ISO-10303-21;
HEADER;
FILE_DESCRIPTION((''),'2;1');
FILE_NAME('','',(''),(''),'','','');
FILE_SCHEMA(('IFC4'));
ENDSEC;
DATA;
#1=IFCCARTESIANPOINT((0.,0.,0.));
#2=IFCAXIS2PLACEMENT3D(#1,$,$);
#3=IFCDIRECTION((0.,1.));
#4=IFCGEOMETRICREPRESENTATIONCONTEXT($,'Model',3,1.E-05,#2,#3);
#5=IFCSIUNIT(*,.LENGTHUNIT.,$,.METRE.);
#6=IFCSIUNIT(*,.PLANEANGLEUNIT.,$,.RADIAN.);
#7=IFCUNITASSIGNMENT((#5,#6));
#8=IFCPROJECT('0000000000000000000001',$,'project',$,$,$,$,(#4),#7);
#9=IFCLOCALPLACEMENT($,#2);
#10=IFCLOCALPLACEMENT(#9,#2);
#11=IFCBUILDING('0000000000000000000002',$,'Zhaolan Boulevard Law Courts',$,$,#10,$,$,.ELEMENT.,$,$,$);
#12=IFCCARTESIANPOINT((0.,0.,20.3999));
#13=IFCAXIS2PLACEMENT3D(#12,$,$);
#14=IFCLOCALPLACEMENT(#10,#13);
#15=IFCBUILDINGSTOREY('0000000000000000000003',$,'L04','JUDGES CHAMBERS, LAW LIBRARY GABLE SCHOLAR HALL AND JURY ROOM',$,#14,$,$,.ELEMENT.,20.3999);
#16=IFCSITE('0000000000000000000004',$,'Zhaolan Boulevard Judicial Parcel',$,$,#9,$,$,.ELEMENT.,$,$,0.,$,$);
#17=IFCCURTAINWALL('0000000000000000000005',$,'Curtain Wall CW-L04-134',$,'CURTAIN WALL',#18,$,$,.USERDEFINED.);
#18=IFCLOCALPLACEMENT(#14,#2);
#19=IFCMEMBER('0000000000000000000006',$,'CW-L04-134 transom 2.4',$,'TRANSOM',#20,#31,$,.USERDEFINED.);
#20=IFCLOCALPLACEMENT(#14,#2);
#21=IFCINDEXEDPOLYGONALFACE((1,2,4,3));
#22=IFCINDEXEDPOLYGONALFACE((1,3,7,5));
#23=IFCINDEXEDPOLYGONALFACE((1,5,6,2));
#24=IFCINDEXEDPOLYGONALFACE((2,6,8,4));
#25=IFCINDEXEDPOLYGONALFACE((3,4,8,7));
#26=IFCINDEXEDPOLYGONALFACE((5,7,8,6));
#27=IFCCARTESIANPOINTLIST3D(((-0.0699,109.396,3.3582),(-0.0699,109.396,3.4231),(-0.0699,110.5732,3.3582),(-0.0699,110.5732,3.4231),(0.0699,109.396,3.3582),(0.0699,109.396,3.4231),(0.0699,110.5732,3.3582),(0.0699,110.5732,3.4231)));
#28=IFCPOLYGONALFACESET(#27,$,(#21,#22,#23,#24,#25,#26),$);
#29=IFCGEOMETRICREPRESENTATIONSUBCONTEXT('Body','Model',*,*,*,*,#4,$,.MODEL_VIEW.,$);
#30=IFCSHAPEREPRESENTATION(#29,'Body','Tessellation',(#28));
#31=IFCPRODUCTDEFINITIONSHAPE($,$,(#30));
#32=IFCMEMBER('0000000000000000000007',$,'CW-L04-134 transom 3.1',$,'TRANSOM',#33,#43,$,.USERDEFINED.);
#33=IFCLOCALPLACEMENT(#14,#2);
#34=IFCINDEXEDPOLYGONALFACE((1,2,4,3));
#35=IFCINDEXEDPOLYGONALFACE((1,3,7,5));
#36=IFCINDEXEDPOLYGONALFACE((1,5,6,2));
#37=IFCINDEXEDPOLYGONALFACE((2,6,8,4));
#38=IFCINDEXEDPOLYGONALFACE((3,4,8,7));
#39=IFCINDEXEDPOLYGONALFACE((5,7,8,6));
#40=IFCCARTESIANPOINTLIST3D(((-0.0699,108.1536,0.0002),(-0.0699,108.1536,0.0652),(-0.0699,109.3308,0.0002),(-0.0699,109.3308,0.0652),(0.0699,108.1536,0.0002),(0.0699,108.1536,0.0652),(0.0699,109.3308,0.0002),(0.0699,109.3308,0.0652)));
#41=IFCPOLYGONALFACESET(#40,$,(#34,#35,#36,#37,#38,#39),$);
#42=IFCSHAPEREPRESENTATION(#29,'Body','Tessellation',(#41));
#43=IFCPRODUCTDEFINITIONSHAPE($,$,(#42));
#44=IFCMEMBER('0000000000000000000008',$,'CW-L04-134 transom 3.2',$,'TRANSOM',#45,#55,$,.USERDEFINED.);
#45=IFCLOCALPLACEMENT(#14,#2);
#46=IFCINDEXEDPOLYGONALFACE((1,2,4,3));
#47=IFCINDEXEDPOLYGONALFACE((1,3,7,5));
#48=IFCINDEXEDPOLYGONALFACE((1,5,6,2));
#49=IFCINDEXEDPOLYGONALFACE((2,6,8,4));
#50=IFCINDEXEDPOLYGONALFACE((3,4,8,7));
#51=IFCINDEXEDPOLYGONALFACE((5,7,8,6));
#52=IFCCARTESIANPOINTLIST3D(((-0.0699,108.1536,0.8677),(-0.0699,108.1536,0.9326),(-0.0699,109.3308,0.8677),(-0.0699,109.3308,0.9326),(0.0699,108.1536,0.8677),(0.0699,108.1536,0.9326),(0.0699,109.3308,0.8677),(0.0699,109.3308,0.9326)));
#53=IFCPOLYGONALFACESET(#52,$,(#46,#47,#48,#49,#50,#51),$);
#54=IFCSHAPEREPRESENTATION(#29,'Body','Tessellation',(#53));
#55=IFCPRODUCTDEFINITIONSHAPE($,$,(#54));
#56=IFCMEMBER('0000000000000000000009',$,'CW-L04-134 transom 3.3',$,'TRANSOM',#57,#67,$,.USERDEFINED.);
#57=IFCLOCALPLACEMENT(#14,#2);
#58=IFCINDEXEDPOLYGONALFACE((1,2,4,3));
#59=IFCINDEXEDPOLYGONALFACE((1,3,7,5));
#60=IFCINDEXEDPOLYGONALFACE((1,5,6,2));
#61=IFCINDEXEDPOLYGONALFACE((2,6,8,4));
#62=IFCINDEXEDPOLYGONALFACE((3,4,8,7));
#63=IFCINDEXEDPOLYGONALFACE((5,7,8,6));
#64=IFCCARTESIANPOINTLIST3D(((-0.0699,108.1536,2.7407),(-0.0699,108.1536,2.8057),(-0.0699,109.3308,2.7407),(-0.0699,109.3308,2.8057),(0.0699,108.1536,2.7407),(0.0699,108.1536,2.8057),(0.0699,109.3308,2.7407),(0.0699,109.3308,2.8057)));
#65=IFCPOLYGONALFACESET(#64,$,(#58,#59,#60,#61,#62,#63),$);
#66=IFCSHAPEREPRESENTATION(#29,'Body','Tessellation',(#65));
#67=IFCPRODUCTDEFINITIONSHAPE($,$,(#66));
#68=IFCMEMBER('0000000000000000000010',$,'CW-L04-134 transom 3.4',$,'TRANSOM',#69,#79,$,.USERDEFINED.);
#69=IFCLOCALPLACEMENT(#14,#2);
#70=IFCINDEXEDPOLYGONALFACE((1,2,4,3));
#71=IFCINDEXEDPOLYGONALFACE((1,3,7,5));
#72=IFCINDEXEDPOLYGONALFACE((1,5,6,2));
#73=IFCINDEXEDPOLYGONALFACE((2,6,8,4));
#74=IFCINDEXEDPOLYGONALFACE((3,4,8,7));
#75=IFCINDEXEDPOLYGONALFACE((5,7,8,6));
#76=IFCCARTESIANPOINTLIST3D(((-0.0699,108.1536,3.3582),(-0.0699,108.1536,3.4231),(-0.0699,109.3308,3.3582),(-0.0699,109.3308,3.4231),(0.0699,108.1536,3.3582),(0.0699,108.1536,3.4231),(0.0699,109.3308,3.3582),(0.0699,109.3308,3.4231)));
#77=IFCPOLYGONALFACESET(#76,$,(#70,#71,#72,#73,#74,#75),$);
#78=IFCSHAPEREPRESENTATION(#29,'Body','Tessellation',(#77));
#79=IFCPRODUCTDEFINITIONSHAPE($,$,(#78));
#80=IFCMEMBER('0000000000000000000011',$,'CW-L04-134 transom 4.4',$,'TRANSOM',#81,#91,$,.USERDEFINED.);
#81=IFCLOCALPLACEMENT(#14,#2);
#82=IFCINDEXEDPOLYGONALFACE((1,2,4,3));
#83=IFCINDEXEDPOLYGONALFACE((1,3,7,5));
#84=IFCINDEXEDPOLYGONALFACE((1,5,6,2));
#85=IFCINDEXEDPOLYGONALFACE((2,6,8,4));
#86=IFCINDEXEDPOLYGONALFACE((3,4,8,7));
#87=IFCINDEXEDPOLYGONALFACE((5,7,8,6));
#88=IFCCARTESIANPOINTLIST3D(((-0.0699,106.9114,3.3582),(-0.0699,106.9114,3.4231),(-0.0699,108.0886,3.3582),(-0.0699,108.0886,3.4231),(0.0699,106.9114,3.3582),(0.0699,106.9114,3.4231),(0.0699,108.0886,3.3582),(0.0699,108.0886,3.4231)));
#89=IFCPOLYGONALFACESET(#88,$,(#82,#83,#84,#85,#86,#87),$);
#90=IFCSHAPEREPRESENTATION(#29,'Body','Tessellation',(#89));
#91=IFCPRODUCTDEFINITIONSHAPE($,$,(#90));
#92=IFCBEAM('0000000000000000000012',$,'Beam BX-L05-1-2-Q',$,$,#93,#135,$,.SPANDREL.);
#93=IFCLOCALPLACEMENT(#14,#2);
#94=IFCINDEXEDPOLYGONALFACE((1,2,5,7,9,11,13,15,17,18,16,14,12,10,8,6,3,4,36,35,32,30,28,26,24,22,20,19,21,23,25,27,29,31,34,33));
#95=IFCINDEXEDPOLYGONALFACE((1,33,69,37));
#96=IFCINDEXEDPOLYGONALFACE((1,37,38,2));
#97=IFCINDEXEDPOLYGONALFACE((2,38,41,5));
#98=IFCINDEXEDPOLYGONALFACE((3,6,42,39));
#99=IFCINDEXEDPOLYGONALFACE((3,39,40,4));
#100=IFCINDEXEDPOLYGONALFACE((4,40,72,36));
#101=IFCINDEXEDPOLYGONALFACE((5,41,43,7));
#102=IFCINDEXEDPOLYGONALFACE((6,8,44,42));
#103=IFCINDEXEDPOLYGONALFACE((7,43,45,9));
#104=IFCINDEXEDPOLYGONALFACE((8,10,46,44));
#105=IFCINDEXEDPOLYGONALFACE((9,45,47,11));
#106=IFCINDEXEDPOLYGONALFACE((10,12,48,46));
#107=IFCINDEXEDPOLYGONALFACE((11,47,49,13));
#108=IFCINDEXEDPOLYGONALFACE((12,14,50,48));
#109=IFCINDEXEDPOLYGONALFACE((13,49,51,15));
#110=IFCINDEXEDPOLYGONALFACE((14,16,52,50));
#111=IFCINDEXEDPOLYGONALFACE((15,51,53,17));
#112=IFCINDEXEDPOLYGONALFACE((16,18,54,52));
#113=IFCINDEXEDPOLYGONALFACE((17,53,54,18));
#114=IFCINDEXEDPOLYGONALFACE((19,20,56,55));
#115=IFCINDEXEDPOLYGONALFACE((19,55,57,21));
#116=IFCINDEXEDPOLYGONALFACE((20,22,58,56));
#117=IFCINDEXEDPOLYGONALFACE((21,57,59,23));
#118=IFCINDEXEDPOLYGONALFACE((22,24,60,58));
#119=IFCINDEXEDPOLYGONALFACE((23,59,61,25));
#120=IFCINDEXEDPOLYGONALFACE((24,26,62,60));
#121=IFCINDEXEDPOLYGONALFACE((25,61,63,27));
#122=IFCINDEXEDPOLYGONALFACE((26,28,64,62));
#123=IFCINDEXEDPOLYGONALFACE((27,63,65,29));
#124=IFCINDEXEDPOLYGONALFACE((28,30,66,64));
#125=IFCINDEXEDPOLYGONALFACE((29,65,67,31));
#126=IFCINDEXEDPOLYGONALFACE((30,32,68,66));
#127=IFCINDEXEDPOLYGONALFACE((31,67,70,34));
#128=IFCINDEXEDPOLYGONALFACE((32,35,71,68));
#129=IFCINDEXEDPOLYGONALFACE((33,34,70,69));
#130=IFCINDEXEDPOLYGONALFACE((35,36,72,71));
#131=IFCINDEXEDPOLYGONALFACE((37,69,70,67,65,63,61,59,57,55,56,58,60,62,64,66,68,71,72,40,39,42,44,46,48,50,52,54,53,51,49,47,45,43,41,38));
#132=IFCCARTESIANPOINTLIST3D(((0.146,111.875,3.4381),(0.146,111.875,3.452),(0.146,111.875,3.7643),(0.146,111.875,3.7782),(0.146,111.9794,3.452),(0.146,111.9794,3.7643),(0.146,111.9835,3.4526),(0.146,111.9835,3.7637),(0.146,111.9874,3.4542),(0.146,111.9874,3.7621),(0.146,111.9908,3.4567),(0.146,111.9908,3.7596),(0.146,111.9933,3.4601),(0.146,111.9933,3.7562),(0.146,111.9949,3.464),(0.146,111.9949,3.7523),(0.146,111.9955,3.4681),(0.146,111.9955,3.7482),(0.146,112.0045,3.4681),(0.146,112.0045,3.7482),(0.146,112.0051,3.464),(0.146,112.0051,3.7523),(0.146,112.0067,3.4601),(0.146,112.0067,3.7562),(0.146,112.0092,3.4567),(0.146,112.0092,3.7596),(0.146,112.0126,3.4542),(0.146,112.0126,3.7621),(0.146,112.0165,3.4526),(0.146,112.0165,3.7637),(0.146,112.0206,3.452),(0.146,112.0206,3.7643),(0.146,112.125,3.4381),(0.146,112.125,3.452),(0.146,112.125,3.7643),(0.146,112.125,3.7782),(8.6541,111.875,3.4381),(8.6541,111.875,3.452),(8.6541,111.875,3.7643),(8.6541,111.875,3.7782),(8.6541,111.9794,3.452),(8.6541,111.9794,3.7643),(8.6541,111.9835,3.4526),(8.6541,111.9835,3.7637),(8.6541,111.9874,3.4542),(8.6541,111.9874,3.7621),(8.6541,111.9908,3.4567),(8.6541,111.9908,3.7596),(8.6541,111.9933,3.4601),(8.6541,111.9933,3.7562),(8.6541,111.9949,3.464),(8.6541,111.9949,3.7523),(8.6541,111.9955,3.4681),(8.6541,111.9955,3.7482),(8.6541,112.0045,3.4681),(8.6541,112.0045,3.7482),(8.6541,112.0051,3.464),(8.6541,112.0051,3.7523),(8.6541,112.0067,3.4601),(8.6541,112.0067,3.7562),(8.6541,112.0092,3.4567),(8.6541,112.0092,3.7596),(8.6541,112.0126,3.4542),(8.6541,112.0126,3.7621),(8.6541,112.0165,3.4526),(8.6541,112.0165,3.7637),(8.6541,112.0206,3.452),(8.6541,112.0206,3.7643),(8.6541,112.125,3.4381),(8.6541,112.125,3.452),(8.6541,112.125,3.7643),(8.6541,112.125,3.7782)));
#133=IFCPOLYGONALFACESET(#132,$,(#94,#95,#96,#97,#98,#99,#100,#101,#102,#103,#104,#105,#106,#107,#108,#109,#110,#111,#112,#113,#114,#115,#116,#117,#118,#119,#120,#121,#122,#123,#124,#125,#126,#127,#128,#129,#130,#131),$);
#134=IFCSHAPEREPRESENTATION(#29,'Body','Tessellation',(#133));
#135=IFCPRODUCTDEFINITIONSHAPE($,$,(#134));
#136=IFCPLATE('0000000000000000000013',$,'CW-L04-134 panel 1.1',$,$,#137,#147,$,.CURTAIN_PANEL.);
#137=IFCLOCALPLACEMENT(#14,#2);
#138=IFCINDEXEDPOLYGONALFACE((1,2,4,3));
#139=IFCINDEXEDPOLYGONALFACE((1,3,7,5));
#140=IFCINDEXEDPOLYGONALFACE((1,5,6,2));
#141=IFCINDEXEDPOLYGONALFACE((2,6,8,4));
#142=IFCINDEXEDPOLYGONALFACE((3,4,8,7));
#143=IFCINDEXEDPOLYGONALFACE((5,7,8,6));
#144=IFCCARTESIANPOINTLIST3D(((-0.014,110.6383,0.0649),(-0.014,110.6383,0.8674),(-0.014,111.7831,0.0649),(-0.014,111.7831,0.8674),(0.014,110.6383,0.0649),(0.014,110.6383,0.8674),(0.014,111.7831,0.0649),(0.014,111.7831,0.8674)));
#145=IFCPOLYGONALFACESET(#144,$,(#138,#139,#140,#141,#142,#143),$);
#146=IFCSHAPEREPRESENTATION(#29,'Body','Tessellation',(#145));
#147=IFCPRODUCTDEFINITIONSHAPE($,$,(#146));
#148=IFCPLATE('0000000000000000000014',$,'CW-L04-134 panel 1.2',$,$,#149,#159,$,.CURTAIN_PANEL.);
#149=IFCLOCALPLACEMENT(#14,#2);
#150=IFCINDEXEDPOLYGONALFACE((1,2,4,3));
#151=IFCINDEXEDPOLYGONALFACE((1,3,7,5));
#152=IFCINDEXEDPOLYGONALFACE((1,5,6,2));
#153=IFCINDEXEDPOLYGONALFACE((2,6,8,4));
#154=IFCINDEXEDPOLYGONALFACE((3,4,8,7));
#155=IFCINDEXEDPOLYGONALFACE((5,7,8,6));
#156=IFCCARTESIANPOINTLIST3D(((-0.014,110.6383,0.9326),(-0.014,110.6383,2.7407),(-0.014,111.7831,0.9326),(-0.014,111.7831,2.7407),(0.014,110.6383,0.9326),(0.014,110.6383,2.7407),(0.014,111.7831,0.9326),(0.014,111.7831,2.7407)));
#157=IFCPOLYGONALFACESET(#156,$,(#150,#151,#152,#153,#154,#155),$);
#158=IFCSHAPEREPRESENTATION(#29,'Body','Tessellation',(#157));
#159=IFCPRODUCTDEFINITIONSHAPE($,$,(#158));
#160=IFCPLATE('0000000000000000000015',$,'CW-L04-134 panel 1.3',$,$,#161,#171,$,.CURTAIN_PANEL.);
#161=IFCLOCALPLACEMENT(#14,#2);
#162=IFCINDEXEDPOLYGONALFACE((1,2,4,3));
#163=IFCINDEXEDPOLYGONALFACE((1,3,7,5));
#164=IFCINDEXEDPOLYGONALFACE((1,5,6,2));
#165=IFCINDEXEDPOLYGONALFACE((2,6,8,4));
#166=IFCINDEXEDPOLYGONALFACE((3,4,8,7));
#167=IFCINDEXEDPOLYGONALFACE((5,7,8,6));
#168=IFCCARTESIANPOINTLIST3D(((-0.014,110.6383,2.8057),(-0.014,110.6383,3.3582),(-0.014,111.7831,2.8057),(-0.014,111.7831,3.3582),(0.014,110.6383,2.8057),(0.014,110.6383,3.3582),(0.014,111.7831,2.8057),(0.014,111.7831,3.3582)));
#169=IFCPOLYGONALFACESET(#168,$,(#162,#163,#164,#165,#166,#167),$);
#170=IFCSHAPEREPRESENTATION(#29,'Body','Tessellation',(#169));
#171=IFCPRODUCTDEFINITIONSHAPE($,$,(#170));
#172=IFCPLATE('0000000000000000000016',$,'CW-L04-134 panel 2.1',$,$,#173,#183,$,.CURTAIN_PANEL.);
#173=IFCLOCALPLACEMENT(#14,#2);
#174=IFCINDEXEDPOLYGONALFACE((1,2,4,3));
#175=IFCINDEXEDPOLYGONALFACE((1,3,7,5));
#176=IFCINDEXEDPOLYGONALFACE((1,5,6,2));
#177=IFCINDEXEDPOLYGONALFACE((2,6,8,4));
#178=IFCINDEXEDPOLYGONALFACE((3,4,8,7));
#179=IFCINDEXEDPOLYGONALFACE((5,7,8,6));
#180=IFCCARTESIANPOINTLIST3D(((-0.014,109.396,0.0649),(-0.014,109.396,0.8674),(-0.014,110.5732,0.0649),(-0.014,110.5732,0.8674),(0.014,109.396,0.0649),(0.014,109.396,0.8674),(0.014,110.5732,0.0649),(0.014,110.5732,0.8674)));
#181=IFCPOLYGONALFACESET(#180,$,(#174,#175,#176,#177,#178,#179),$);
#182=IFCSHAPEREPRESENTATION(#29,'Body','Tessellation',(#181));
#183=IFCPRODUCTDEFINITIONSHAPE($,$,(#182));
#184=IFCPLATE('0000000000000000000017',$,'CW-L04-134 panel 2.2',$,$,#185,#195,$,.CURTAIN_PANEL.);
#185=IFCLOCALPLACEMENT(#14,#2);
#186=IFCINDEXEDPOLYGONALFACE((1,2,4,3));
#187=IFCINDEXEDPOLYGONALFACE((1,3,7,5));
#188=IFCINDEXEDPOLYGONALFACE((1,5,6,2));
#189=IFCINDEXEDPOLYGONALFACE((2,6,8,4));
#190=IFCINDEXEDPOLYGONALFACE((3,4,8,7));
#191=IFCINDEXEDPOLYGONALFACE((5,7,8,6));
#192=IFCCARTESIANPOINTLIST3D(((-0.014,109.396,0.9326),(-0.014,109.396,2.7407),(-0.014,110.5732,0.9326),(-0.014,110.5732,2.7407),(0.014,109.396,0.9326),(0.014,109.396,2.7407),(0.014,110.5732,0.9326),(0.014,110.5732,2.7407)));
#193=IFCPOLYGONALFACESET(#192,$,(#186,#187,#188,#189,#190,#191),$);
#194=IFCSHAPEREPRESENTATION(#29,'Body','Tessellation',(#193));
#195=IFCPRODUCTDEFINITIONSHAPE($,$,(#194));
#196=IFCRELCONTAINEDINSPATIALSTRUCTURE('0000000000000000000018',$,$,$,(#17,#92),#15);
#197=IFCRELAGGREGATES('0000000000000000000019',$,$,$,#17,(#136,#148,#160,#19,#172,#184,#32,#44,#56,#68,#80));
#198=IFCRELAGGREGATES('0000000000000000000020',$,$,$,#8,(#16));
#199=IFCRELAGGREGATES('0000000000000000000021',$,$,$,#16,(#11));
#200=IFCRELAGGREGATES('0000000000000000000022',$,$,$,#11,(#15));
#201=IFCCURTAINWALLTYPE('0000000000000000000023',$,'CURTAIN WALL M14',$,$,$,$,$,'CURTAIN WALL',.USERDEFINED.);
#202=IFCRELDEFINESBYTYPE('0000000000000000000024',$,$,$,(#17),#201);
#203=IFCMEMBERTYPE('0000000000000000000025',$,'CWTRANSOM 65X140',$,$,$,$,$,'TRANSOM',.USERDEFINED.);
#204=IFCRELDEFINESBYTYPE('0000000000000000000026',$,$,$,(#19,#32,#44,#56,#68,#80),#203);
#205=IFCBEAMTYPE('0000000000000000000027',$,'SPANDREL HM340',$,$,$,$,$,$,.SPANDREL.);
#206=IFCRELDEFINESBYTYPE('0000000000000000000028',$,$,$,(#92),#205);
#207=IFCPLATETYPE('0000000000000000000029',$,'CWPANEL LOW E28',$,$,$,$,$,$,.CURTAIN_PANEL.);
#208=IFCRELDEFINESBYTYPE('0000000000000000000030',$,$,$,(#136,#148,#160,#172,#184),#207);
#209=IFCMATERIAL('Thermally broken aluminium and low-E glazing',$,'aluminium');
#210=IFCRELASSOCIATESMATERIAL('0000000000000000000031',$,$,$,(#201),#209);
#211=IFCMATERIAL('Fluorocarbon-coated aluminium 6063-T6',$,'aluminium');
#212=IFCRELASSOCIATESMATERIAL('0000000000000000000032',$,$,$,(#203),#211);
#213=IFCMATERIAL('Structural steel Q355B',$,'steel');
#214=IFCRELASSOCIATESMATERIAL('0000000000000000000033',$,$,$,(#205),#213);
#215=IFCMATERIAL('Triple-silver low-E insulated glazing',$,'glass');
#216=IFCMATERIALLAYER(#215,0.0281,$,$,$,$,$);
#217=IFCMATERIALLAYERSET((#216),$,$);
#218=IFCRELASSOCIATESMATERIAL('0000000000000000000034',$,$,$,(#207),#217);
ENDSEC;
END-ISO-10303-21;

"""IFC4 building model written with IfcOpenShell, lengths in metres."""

from ifc_helpers import new_model, si_unit, direction, frame, origin, origin_2d, place, context, subcontext, project, spatial, rectangle, i_section, extrude, material, layer, layer_set, material_profile, profile_set, type_object, element, aggregate, save


model = new_model("IFC4")

# Units and contexts
model_context = context("Model", 3, precision=1e-05, world=origin(), true_north=direction((0.0, 1.0)))
body_context = subcontext(model_context, "Body", "Model", "MODEL_VIEW")
ifc_project = project(units=[si_unit("LENGTHUNIT", "METRE"), si_unit("PLANEANGLEUNIT", "RADIAN")], contexts=[model_context])

# Site, building, storey
site_placement = place(None, origin())
site = spatial("IfcSite", under=ifc_project, at=site_placement, Name="Zhaolan Boulevard Judicial Parcel", CompositionType="ELEMENT", RefElevation=0.0)
building_placement = place(site_placement, origin())
building = spatial("IfcBuilding", under=site, at=building_placement, Name="Zhaolan Boulevard Law Courts", CompositionType="ELEMENT")
storey_placement = place(building_placement, frame((0.0, 0.0, 20.3999)))
storey = spatial("IfcBuildingStorey", under=building, at=storey_placement, Name="L04", Description="JUDGES CHAMBERS, LAW LIBRARY GABLE SCHOLAR HALL AND JURY ROOM", CompositionType="ELEMENT", Elevation=20.3999)

# Curtain wall, members
ifc_material_1 = material(Name="Thermally broken aluminium and low-E glazing", Category="aluminium")
curtain_wall_type = type_object("IfcCurtainWallType", Name="CURTAIN WALL M14", ElementType="CURTAIN WALL", PredefinedType="USERDEFINED", material=ifc_material_1)
curtain_wall_placement = place(storey_placement, origin())
curtain_wall = element("IfcCurtainWall", 1, at=curtain_wall_placement, inside=storey, type_object=curtain_wall_type, Name="Curtain Wall CW-L04-134", ObjectType="CURTAIN WALL", PredefinedType="USERDEFINED")
ifc_material_2 = material(Name="Fluorocarbon-coated aluminium 6063-T6", Category="aluminium")
ifc_material_profile_1 = material_profile(ifc_material_2, rectangle(XDim=0.1399, YDim=0.0649, at=origin_2d()), Name="AL65x140")
ifc_profile_set_1 = profile_set([ifc_material_profile_1], Name="Fluorocarbon-coated aluminium 6063-T6")
member_type_1 = type_object("IfcMemberType", Name="CWTRANSOM 65X140", ElementType="TRANSOM", PredefinedType="USERDEFINED", material=ifc_profile_set_1)
member_1_placement = place(storey_placement, frame((0.0, 110.5732, 3.3906), z_axis=(0.0, -1.0, 0.0), x_axis=(1.0, 0.0, 0.0)))
member_1 = element("IfcMember", 2, at=member_1_placement, type_object=member_type_1, Name="CW-L04-134 transom 2.4", ObjectType="TRANSOM", PredefinedType="USERDEFINED", context=body_context, shape_type="SweptSolid", body=[
    extrude(rectangle(XDim=0.1399, YDim=0.0649, at=origin_2d()), origin(), (0.0, 0.0, 1.0), 1.1772),
])
member_2_placement = place(storey_placement, frame((0.0, 109.3308, 0.0327), z_axis=(0.0, -1.0, 0.0), x_axis=(1.0, 0.0, 0.0)))
member_2 = element("IfcMember", 3, at=member_2_placement, type_object=member_type_1, Name="CW-L04-134 transom 3.1", ObjectType="TRANSOM", PredefinedType="USERDEFINED", context=body_context, shape_type="SweptSolid", body=[
    extrude(rectangle(XDim=0.1399, YDim=0.0649, at=origin_2d()), origin(), (0.0, 0.0, 1.0), 1.1772),
])
member_3_placement = place(storey_placement, frame((0.0, 109.3308, 0.9001), z_axis=(0.0, -1.0, 0.0), x_axis=(1.0, 0.0, 0.0)))
member_3 = element("IfcMember", 4, at=member_3_placement, type_object=member_type_1, Name="CW-L04-134 transom 3.2", ObjectType="TRANSOM", PredefinedType="USERDEFINED", context=body_context, shape_type="SweptSolid", body=[
    extrude(rectangle(XDim=0.1399, YDim=0.0649, at=origin_2d()), origin(), (0.0, 0.0, 1.0), 1.1772),
])
member_4_placement = place(storey_placement, frame((0.0, 109.3308, 2.7732), z_axis=(0.0, -1.0, 0.0), x_axis=(1.0, 0.0, 0.0)))
member_4 = element("IfcMember", 5, at=member_4_placement, type_object=member_type_1, Name="CW-L04-134 transom 3.3", ObjectType="TRANSOM", PredefinedType="USERDEFINED", context=body_context, shape_type="SweptSolid", body=[
    extrude(rectangle(XDim=0.1399, YDim=0.0649, at=origin_2d()), origin(), (0.0, 0.0, 1.0), 1.1772),
])
member_5_placement = place(storey_placement, frame((0.0, 109.3308, 3.3906), z_axis=(0.0, -1.0, 0.0), x_axis=(1.0, 0.0, 0.0)))
member_5 = element("IfcMember", 6, at=member_5_placement, type_object=member_type_1, Name="CW-L04-134 transom 3.4", ObjectType="TRANSOM", PredefinedType="USERDEFINED", context=body_context, shape_type="SweptSolid", body=[
    extrude(rectangle(XDim=0.1399, YDim=0.0649, at=origin_2d()), origin(), (0.0, 0.0, 1.0), 1.1772),
])
member_6_placement = place(storey_placement, frame((0.0, 108.0886, 3.3906), z_axis=(0.0, -1.0, 0.0), x_axis=(1.0, 0.0, 0.0)))
member_6 = element("IfcMember", 7, at=member_6_placement, type_object=member_type_1, Name="CW-L04-134 transom 4.4", ObjectType="TRANSOM", PredefinedType="USERDEFINED", context=body_context, shape_type="SweptSolid", body=[
    extrude(rectangle(XDim=0.1399, YDim=0.0649, at=origin_2d()), origin(), (0.0, 0.0, 1.0), 1.1772),
])

# Beam
ifc_material_3 = material(Name="Structural steel Q355B", Category="steel")
ifc_material_profile_2 = material_profile(ifc_material_3, i_section(OverallWidth=0.25, OverallDepth=0.3401, WebThickness=0.009, FlangeThickness=0.0139, FilletRadius=0.0161, at=origin_2d()), Name="HM340x250")
ifc_profile_set_2 = profile_set([ifc_material_profile_2], Name="Structural steel Q355B")
beam_type = type_object("IfcBeamType", Name="SPANDREL HM340", PredefinedType="SPANDREL", material=ifc_profile_set_2)
beam_placement = place(storey_placement, frame((0.146, 112.0, 3.6082), z_axis=(1.0, 0.0, 0.0), x_axis=(0.0, 1.0, 0.0)))
element("IfcBeam", 8, at=beam_placement, inside=storey, type_object=beam_type, Name="Beam BX-L05-1-2-Q", PredefinedType="SPANDREL", context=body_context, shape_type="SweptSolid", body=[
    extrude(i_section(OverallWidth=0.25, OverallDepth=0.3401, WebThickness=0.009, FlangeThickness=0.0139, FilletRadius=0.0161, at=origin_2d()), origin(), (0.0, 0.0, 1.0), 8.5081),
])

# Plates
ifc_material_4 = material(Name="Triple-silver low-E insulated glazing", Category="glass")
ifc_layer_1 = layer(ifc_material_4, 0.0281)
ifc_layer_set_1 = layer_set([ifc_layer_1])
plate_type = type_object("IfcPlateType", Name="CWPANEL LOW E28", PredefinedType="CURTAIN_PANEL", material=ifc_layer_set_1)
plate_1_placement = place(storey_placement, frame((0.0, 111.2107, 0.0649), z_axis=(0.0, 0.0, 1.0), x_axis=(0.0, -1.0, 0.0)))
plate_1 = element("IfcPlate", 9, at=plate_1_placement, type_object=plate_type, Name="CW-L04-134 panel 1.1", PredefinedType="CURTAIN_PANEL", context=body_context, shape_type="SweptSolid", body=[
    extrude(rectangle(XDim=1.1448, YDim=0.0281, at=origin_2d()), origin(), (0.0, 0.0, 1.0), 0.8025),
])
plate_2_placement = place(storey_placement, frame((0.0, 111.2107, 0.9326), z_axis=(0.0, 0.0, 1.0), x_axis=(0.0, -1.0, 0.0)))
plate_2 = element("IfcPlate", 10, at=plate_2_placement, type_object=plate_type, Name="CW-L04-134 panel 1.2", PredefinedType="CURTAIN_PANEL", context=body_context, shape_type="SweptSolid", body=[
    extrude(rectangle(XDim=1.1448, YDim=0.0281, at=origin_2d()), origin(), (0.0, 0.0, 1.0), 1.8081),
])
plate_3_placement = place(storey_placement, frame((0.0, 111.2107, 2.8057), z_axis=(0.0, 0.0, 1.0), x_axis=(0.0, -1.0, 0.0)))
plate_3 = element("IfcPlate", 11, at=plate_3_placement, type_object=plate_type, Name="CW-L04-134 panel 1.3", PredefinedType="CURTAIN_PANEL", context=body_context, shape_type="SweptSolid", body=[
    extrude(rectangle(XDim=1.1448, YDim=0.0281, at=origin_2d()), origin(), (0.0, 0.0, 1.0), 0.5525),
])
plate_4_placement = place(storey_placement, frame((0.0, 109.9846, 0.0649), z_axis=(0.0, 0.0, 1.0), x_axis=(0.0, -1.0, 0.0)))
plate_4 = element("IfcPlate", 12, at=plate_4_placement, type_object=plate_type, Name="CW-L04-134 panel 2.1", PredefinedType="CURTAIN_PANEL", context=body_context, shape_type="SweptSolid", body=[
    extrude(rectangle(XDim=1.1772, YDim=0.0281, at=origin_2d()), origin(), (0.0, 0.0, 1.0), 0.8025),
])
plate_5_placement = place(storey_placement, frame((0.0, 109.9846, 0.9326), z_axis=(0.0, 0.0, 1.0), x_axis=(0.0, -1.0, 0.0)))
plate_5 = element("IfcPlate", 13, at=plate_5_placement, type_object=plate_type, Name="CW-L04-134 panel 2.2", PredefinedType="CURTAIN_PANEL", context=body_context, shape_type="SweptSolid", body=[
    extrude(rectangle(XDim=1.1772, YDim=0.0281, at=origin_2d()), origin(), (0.0, 0.0, 1.0), 1.8081),
])
aggregate(curtain_wall, [plate_1, plate_2, plate_3, member_1, plate_4, plate_5, member_2, member_3, member_4, member_5, member_6])

save(model, "model.ifc")
